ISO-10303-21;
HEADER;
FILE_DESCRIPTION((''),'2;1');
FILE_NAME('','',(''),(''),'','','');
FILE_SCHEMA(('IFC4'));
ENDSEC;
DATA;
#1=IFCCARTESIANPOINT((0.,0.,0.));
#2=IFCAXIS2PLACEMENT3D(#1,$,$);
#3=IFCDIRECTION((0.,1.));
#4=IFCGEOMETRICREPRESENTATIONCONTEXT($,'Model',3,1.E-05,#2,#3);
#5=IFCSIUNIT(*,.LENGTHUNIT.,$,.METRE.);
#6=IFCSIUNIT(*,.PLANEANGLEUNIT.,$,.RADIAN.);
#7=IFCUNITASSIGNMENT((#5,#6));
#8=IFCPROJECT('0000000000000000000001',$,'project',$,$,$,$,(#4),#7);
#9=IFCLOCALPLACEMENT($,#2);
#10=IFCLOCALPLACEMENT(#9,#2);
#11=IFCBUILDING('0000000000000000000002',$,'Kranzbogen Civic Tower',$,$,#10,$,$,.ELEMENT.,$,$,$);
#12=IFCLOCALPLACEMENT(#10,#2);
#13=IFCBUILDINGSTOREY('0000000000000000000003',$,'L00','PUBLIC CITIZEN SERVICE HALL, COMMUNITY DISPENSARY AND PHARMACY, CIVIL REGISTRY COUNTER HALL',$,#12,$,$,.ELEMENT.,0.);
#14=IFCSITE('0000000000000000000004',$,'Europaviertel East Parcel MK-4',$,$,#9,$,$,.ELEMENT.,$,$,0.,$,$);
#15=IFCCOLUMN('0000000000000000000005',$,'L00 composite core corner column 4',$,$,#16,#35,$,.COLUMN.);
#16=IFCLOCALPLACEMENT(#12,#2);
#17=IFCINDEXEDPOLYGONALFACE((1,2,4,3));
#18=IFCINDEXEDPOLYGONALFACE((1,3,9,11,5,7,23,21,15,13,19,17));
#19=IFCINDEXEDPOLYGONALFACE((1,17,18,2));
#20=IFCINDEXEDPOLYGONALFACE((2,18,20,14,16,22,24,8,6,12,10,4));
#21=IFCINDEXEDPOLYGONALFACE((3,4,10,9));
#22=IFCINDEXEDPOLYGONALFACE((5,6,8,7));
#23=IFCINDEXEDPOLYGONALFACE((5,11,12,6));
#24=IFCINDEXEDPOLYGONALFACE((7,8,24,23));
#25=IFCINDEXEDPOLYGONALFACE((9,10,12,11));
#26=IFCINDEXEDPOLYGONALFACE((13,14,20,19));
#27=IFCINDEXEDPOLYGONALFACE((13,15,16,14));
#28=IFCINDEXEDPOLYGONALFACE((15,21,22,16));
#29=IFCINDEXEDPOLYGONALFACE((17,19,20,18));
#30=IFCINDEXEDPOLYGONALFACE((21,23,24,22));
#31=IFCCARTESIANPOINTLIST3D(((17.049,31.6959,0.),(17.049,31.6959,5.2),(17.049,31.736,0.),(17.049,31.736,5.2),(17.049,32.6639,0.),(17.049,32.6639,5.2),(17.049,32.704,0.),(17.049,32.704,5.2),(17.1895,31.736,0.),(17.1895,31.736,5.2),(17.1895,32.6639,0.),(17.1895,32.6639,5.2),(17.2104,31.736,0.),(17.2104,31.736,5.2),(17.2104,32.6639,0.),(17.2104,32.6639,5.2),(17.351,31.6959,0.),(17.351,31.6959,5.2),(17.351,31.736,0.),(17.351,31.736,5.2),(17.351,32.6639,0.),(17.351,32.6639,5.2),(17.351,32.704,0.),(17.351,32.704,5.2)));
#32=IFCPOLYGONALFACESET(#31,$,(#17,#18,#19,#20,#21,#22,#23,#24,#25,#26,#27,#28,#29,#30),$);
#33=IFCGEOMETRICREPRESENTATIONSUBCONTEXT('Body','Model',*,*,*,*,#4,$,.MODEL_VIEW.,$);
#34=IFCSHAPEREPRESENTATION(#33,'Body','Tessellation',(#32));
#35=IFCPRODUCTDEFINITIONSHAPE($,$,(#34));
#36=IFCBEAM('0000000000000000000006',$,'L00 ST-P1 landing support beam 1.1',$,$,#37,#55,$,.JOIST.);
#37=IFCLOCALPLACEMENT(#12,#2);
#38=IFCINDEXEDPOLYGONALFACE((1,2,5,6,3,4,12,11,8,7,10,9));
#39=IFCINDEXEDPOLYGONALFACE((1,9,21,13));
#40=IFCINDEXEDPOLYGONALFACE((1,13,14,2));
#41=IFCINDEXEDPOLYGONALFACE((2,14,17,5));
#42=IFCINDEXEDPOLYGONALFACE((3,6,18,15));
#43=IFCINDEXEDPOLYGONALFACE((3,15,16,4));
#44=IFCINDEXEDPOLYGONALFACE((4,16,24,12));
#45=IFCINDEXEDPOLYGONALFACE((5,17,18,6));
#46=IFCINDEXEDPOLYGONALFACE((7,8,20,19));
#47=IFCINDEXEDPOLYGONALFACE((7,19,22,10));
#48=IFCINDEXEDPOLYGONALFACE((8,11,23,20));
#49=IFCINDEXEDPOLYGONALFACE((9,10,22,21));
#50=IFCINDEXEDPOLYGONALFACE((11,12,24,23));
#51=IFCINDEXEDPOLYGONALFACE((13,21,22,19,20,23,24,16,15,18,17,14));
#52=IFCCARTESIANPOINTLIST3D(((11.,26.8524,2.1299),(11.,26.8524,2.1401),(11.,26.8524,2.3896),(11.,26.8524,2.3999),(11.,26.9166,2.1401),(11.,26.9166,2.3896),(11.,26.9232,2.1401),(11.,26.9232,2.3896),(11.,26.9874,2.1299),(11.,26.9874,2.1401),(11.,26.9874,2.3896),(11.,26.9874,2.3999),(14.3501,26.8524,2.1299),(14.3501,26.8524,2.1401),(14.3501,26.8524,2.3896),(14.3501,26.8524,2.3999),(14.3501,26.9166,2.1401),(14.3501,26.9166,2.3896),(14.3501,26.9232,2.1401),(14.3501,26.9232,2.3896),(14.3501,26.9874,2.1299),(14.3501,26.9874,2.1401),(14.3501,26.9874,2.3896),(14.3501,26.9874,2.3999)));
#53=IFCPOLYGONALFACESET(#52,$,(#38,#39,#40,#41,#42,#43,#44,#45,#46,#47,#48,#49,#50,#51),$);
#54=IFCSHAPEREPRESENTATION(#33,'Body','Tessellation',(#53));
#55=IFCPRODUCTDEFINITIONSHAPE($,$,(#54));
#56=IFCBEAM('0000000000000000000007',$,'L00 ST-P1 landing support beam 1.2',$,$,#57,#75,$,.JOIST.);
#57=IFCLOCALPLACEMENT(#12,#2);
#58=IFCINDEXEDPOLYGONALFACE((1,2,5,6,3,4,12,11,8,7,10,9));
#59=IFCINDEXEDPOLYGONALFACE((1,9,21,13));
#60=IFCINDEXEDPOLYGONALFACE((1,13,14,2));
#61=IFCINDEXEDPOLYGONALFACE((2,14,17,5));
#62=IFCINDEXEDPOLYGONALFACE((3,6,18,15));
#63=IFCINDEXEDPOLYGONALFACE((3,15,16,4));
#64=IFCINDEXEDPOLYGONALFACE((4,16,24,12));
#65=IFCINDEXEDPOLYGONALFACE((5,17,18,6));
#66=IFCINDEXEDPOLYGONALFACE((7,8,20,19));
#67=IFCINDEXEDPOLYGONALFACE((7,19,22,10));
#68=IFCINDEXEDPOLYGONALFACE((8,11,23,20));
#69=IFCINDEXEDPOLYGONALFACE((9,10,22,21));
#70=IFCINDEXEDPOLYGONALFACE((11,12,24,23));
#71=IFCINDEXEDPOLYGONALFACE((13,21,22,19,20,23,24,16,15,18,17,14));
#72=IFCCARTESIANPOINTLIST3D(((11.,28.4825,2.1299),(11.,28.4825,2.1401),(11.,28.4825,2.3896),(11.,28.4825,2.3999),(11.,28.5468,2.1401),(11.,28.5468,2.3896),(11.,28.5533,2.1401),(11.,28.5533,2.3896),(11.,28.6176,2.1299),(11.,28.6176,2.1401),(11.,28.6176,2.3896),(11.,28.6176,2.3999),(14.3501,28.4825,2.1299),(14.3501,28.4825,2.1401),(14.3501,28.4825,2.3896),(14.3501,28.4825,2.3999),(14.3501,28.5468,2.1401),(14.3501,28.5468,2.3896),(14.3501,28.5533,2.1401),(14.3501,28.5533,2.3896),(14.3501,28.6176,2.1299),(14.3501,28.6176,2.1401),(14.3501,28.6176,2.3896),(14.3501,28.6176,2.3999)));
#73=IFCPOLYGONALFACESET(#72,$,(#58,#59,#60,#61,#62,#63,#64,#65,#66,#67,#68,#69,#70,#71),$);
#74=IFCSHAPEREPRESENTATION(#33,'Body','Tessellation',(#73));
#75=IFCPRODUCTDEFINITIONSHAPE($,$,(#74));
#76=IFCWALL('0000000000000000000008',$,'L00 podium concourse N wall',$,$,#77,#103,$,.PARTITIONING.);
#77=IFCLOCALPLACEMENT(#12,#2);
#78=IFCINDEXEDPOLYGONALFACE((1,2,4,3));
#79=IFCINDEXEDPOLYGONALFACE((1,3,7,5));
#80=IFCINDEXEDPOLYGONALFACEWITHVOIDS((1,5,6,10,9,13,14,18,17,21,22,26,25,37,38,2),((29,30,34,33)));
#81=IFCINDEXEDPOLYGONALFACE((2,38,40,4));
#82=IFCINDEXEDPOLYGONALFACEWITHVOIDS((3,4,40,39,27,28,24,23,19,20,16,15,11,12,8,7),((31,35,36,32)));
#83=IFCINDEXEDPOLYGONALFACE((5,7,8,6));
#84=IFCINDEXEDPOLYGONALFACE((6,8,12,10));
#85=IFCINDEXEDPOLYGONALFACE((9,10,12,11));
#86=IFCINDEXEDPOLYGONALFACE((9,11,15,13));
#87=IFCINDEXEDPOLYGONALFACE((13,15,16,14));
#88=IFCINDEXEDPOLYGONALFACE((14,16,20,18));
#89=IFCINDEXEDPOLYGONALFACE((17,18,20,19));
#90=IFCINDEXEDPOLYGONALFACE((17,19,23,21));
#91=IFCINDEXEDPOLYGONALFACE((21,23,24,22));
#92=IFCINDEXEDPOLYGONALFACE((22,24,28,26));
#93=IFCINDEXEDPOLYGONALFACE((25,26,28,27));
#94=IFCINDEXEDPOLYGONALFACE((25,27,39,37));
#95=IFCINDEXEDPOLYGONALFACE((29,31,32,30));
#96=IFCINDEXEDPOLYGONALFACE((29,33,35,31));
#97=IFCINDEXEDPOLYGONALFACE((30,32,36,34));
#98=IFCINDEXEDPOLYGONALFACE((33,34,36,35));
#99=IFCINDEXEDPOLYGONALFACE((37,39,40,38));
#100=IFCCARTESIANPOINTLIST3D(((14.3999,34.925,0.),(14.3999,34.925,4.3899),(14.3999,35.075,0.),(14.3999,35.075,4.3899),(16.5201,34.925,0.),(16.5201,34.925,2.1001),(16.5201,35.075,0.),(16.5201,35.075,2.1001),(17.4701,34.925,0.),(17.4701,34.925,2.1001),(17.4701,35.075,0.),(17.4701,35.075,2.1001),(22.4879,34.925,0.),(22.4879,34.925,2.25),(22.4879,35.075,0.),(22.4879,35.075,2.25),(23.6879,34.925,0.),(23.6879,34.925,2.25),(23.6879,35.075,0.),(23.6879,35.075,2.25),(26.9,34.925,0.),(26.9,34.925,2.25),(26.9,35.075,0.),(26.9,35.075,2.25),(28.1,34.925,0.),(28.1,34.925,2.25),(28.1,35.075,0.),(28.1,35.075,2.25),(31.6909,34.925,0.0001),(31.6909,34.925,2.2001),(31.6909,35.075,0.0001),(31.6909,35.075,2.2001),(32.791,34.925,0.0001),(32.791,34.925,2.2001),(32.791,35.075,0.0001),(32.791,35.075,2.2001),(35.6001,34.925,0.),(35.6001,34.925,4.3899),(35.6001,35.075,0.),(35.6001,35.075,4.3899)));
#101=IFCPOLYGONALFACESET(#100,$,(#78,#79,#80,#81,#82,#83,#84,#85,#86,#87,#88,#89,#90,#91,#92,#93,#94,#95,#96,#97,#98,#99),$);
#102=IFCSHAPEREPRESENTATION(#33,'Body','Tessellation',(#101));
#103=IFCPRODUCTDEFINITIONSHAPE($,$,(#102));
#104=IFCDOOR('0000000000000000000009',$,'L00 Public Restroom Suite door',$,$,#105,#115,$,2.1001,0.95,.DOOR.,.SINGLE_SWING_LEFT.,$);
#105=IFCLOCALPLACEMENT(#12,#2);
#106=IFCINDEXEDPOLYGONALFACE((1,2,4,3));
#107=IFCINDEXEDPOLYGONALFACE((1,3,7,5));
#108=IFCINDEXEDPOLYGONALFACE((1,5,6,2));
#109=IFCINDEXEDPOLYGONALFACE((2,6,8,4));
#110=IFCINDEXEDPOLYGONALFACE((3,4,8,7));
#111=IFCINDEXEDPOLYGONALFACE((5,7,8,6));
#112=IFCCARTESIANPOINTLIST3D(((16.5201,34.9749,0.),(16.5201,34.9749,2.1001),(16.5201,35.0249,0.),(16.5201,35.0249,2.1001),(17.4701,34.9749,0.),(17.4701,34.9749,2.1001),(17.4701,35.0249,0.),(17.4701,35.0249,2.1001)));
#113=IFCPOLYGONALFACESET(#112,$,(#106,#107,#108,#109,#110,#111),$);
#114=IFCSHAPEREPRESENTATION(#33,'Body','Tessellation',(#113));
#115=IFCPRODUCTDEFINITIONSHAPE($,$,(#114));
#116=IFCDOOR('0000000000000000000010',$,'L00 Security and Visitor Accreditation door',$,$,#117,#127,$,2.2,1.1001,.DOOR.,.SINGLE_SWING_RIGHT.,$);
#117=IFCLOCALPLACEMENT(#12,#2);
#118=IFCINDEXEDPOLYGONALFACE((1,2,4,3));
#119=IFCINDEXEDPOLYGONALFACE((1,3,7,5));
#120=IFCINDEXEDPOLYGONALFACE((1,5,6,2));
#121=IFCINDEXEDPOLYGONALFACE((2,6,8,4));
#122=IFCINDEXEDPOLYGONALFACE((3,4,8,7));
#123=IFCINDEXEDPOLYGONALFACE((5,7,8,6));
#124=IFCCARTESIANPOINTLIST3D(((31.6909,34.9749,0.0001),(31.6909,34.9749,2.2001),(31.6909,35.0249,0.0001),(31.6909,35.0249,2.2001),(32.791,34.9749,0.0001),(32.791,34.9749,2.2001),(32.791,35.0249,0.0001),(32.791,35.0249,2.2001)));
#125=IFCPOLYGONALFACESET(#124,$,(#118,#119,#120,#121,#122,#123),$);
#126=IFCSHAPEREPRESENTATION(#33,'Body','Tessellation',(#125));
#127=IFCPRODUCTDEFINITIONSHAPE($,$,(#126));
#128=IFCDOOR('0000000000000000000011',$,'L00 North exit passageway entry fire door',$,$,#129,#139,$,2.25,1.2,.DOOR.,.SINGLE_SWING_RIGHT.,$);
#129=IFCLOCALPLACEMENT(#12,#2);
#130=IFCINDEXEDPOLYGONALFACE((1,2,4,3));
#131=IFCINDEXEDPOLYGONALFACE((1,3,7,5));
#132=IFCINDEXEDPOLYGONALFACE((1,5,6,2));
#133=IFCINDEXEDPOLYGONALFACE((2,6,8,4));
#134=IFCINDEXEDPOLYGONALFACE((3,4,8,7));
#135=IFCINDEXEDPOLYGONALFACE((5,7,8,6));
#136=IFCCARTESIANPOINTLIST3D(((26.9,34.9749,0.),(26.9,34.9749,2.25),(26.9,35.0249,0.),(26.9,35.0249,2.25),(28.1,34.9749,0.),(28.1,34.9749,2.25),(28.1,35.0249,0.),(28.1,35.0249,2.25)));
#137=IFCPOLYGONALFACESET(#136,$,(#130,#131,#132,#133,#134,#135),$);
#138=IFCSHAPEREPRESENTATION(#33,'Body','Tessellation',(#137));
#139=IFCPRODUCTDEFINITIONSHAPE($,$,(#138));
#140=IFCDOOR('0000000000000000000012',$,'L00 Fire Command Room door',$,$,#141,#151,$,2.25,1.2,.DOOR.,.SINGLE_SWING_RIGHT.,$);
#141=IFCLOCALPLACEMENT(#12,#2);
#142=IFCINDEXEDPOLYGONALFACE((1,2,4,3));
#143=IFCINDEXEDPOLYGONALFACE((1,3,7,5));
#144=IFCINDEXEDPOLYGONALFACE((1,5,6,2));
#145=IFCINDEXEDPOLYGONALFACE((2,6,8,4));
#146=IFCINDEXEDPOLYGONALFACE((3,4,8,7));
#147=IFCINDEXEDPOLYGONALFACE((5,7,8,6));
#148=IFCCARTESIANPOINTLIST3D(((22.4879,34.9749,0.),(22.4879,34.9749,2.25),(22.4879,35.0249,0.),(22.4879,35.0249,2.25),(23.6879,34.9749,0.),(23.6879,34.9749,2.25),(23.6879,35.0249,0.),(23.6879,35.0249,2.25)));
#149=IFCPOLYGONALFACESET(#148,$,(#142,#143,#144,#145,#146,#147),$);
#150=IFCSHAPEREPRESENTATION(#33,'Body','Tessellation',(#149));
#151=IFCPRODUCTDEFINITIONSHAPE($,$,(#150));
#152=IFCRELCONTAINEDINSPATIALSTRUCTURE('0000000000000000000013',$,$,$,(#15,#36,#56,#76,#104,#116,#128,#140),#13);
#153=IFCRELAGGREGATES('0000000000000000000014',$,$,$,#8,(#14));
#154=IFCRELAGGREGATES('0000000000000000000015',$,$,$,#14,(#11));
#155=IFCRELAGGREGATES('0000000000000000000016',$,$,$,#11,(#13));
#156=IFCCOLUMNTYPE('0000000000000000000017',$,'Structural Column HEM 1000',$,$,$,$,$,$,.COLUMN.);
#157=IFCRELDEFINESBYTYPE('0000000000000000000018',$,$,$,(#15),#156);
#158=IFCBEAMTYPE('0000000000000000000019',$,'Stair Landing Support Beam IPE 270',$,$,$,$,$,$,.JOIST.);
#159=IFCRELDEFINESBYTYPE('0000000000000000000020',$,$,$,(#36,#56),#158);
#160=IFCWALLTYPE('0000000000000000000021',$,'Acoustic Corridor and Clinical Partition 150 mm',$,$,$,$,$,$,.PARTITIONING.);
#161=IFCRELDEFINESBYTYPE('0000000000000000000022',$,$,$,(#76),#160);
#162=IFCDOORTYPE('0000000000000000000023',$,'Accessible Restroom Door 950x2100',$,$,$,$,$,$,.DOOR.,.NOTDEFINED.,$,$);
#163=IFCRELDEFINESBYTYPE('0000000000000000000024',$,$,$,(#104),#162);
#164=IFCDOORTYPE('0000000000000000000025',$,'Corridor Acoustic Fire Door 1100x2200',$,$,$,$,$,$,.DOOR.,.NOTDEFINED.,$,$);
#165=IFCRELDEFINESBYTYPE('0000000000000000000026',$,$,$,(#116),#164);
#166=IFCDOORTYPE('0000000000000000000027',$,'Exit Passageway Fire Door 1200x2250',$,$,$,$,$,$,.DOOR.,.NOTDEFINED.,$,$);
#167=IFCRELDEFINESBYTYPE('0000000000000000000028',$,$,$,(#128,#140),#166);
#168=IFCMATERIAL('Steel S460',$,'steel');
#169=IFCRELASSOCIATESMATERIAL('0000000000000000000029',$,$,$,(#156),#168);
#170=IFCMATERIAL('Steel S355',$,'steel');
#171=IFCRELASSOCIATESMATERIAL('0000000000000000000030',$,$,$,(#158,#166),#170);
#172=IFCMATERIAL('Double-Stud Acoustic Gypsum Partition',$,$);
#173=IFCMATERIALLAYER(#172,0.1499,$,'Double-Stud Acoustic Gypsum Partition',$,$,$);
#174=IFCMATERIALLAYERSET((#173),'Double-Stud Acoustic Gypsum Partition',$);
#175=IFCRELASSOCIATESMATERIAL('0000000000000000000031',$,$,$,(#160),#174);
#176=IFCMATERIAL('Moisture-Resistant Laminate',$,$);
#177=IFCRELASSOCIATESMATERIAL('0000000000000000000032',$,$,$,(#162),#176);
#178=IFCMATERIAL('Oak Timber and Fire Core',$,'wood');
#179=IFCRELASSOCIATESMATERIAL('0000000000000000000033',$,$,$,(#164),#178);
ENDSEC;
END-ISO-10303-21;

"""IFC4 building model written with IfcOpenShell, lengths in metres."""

from ifc_helpers import new_model, si_unit, direction, frame, frame_2d, origin, origin_2d, place, context, subcontext, project, spatial, rectangle, i_section, extrude, material, layer, layer_set, material_profile, profile_set, type_object, element, fill, save


model = new_model("IFC4")

# Units and contexts
model_context = context("Model", 3, precision=1e-05, world=origin(), true_north=direction((0.0, 1.0)))
body_context = subcontext(model_context, "Body", "Model", "MODEL_VIEW")
ifc_project = project(units=[si_unit("LENGTHUNIT", "METRE"), si_unit("PLANEANGLEUNIT", "RADIAN")], contexts=[model_context])

# Site, building, storey
site_placement = place(None, origin())
site = spatial("IfcSite", under=ifc_project, at=site_placement, Name="Europaviertel East Parcel MK-4", CompositionType="ELEMENT", RefElevation=0.0)
building_placement = place(site_placement, origin())
building = spatial("IfcBuilding", under=site, at=building_placement, Name="Kranzbogen Civic Tower", CompositionType="ELEMENT")
storey_placement = place(building_placement, origin())
storey = spatial("IfcBuildingStorey", under=building, at=storey_placement, Name="L00", Description="PUBLIC CITIZEN SERVICE HALL, COMMUNITY DISPENSARY AND PHARMACY, CIVIL REGISTRY COUNTER HALL", CompositionType="ELEMENT", Elevation=0.0)

# Column
ifc_material_1 = material(Name="Steel S460", Category="steel")
ifc_material_profile_1 = material_profile(ifc_material_1, i_section(OverallWidth=0.302, OverallDepth=1.0081, WebThickness=0.021, FlangeThickness=0.04, at=origin_2d()), Name="HEM 1000")
ifc_profile_set_1 = profile_set([ifc_material_profile_1], Name="Steel S460")
column_type = type_object("IfcColumnType", Name="Structural Column HEM 1000", PredefinedType="COLUMN", material=ifc_profile_set_1)
column_placement = place(storey_placement, frame((17.2, 32.2, 0.0), z_axis=(0.0, 0.0, 1.0), x_axis=(1.0, 0.0, 0.0)))
element("IfcColumn", 1, at=column_placement, inside=storey, type_object=column_type, Name="L00 composite core corner column 4", PredefinedType="COLUMN", context=body_context, shape_type="SweptSolid", body=[
    extrude(i_section(OverallWidth=0.302, OverallDepth=1.0081, WebThickness=0.021, FlangeThickness=0.04, at=origin_2d()), origin(), (0.0, 0.0, 1.0), 5.2),
])

# Beams
ifc_material_2 = material(Name="Steel S355", Category="steel")
ifc_material_profile_2 = material_profile(ifc_material_2, i_section(OverallWidth=0.135, OverallDepth=0.27, WebThickness=0.0066, FlangeThickness=0.0103, at=origin_2d()), Name="IPE 270")
ifc_profile_set_2 = profile_set([ifc_material_profile_2], Name="Steel S355")
beam_type = type_object("IfcBeamType", Name="Stair Landing Support Beam IPE 270", PredefinedType="JOIST", material=ifc_profile_set_2)
for number, where, z_axis, x_axis, name in (
    (2, (14.3501, 26.9199, 2.2649), (-1.0, 0.0, 0.0), (0.0, -1.0, 0.0), "L00 ST-P1 landing support beam 1.1"),
    (3, (14.3501, 28.55, 2.2649), (-1.0, 0.0, 0.0), (0.0, -1.0, 0.0), "L00 ST-P1 landing support beam 1.2"),
):
    element("IfcBeam", number, at=place(storey_placement, frame(where, z_axis=z_axis, x_axis=x_axis)), inside=storey, type_object=beam_type, Name=name, PredefinedType="JOIST", context=body_context, shape_type="SweptSolid", body=[
        extrude(i_section(OverallWidth=0.135, OverallDepth=0.27, WebThickness=0.0066, FlangeThickness=0.0103, at=origin_2d()), origin(), (0.0, 0.0, 1.0), 3.3501),
    ])

# Wall, openings, doors
ifc_material_3 = material(Name="Double-Stud Acoustic Gypsum Partition")
ifc_layer_1 = layer(ifc_material_3, 0.1499, Name="Double-Stud Acoustic Gypsum Partition")
ifc_layer_set_1 = layer_set([ifc_layer_1], Name="Double-Stud Acoustic Gypsum Partition")
wall_type_1 = type_object("IfcWallType", Name="Acoustic Corridor and Clinical Partition 150 mm", PredefinedType="PARTITIONING", material=ifc_layer_set_1)
wall_1_placement = place(storey_placement, frame((14.3999, 35.0, 0.0), z_axis=(0.0, 0.0, 1.0), x_axis=(1.0, 0.0, 0.0)))
wall_1 = element("IfcWall", 4, at=wall_1_placement, inside=storey, type_object=wall_type_1, Name="L00 podium concourse N wall", PredefinedType="PARTITIONING", context=body_context, shape_type="SweptSolid", body=[
    extrude(rectangle(XDim=21.2002, YDim=0.1499, at=frame_2d((10.6001, 0.0))), origin(), (0.0, 0.0, 1.0), 4.3899),
])
opening_1_placement = place(wall_1_placement, frame((12.5, 0.0, 0.0)))
opening_1 = element("IfcOpeningElement", 5, at=opening_1_placement, cuts=wall_1, PredefinedType="OPENING", context=body_context, shape_type="SweptSolid", body=[
    extrude(rectangle(XDim=1.2, YDim=2.25, at=frame_2d((0.6001, 1.125))), frame((0.0, 0.085, 0.0), z_axis=(0.0, -1.0, 0.0), x_axis=(1.0, 0.0, 0.0)), (0.0, 0.0, 1.0), 0.1699),
])
opening_2_placement = place(wall_1_placement, frame((2.1201, 0.0, 0.0)))
opening_2 = element("IfcOpeningElement", 6, at=opening_2_placement, cuts=wall_1, PredefinedType="OPENING", context=body_context, shape_type="SweptSolid", body=[
    extrude(rectangle(XDim=0.95, YDim=2.1001, at=frame_2d((0.4751, 1.05))), frame((0.0, 0.085, 0.0), z_axis=(0.0, -1.0, 0.0), x_axis=(1.0, 0.0, 0.0)), (0.0, 0.0, 1.0), 0.1699),
])
opening_3_placement = place(wall_1_placement, frame((8.0879, 0.0, 0.0)))
opening_3 = element("IfcOpeningElement", 7, at=opening_3_placement, cuts=wall_1, PredefinedType="OPENING", context=body_context, shape_type="SweptSolid", body=[
    extrude(rectangle(XDim=1.2, YDim=2.25, at=frame_2d((0.6001, 1.125))), frame((0.0, 0.085, 0.0), z_axis=(0.0, -1.0, 0.0), x_axis=(1.0, 0.0, 0.0)), (0.0, 0.0, 1.0), 0.1699),
])
opening_4_placement = place(wall_1_placement, frame((17.291, 0.0, 0.0)))
opening_4 = element("IfcOpeningElement", 8, at=opening_4_placement, cuts=wall_1, PredefinedType="OPENING", context=body_context, shape_type="SweptSolid", body=[
    extrude(rectangle(XDim=1.1001, YDim=2.2, at=frame_2d((0.55, 1.1001))), frame((0.0, 0.085, 0.0), z_axis=(0.0, -1.0, 0.0), x_axis=(1.0, 0.0, 0.0)), (0.0, 0.0, 1.0), 0.1699),
])
ifc_material_4 = material(Name="Moisture-Resistant Laminate")
door_type_1 = type_object("IfcDoorType", Name="Accessible Restroom Door 950x2100", OperationType="NOTDEFINED", PredefinedType="DOOR", material=ifc_material_4)
door_1_placement = place(opening_2_placement, origin())
door_1 = element("IfcDoor", 9, at=door_1_placement, inside=storey, type_object=door_type_1, Name="L00 Public Restroom Suite door", OperationType="SINGLE_SWING_LEFT", OverallHeight=2.1001, OverallWidth=0.95, PredefinedType="DOOR", context=body_context, shape_type="SweptSolid", body=[
    extrude(rectangle(XDim=0.95, YDim=2.1001, at=frame_2d((0.4751, 1.05))), frame((0.0, 0.0249, 0.0), z_axis=(0.0, -1.0, 0.0), x_axis=(1.0, 0.0, 0.0)), (0.0, 0.0, 1.0), 0.05),
])
fill(opening_2, door_1)
ifc_material_5 = material(Name="Oak Timber and Fire Core", Category="wood")
door_type_2 = type_object("IfcDoorType", Name="Corridor Acoustic Fire Door 1100x2200", OperationType="NOTDEFINED", PredefinedType="DOOR", material=ifc_material_5)
door_2_placement = place(opening_4_placement, origin())
door_2 = element("IfcDoor", 10, at=door_2_placement, inside=storey, type_object=door_type_2, Name="L00 Security and Visitor Accreditation door", OperationType="SINGLE_SWING_RIGHT", OverallHeight=2.2, OverallWidth=1.1001, PredefinedType="DOOR", context=body_context, shape_type="SweptSolid", body=[
    extrude(rectangle(XDim=1.1001, YDim=2.2, at=frame_2d((0.55, 1.1001))), frame((0.0, 0.0249, 0.0), z_axis=(0.0, -1.0, 0.0), x_axis=(1.0, 0.0, 0.0)), (0.0, 0.0, 1.0), 0.05),
])
fill(opening_4, door_2)
door_type_3 = type_object("IfcDoorType", Name="Exit Passageway Fire Door 1200x2250", OperationType="NOTDEFINED", PredefinedType="DOOR", material=ifc_material_2)
door_3_placement = place(opening_1_placement, origin())
door_3 = element("IfcDoor", 11, at=door_3_placement, inside=storey, type_object=door_type_3, Name="L00 North exit passageway entry fire door", OperationType="SINGLE_SWING_RIGHT", OverallHeight=2.25, OverallWidth=1.2, PredefinedType="DOOR", context=body_context, shape_type="SweptSolid", body=[
    extrude(rectangle(XDim=1.2, YDim=2.25, at=frame_2d((0.6001, 1.125))), frame((0.0, 0.0249, 0.0), z_axis=(0.0, -1.0, 0.0), x_axis=(1.0, 0.0, 0.0)), (0.0, 0.0, 1.0), 0.05),
])
fill(opening_1, door_3)
door_4_placement = place(opening_3_placement, origin())
door_4 = element("IfcDoor", 12, at=door_4_placement, inside=storey, type_object=door_type_3, Name="L00 Fire Command Room door", OperationType="SINGLE_SWING_RIGHT", OverallHeight=2.25, OverallWidth=1.2, PredefinedType="DOOR", context=body_context, shape_type="SweptSolid", body=[
    extrude(rectangle(XDim=1.2, YDim=2.25, at=frame_2d((0.6001, 1.125))), frame((0.0, 0.0249, 0.0), z_axis=(0.0, -1.0, 0.0), x_axis=(1.0, 0.0, 0.0)), (0.0, 0.0, 1.0), 0.05),
])
fill(opening_3, door_4)

save(model, "model.ifc")
